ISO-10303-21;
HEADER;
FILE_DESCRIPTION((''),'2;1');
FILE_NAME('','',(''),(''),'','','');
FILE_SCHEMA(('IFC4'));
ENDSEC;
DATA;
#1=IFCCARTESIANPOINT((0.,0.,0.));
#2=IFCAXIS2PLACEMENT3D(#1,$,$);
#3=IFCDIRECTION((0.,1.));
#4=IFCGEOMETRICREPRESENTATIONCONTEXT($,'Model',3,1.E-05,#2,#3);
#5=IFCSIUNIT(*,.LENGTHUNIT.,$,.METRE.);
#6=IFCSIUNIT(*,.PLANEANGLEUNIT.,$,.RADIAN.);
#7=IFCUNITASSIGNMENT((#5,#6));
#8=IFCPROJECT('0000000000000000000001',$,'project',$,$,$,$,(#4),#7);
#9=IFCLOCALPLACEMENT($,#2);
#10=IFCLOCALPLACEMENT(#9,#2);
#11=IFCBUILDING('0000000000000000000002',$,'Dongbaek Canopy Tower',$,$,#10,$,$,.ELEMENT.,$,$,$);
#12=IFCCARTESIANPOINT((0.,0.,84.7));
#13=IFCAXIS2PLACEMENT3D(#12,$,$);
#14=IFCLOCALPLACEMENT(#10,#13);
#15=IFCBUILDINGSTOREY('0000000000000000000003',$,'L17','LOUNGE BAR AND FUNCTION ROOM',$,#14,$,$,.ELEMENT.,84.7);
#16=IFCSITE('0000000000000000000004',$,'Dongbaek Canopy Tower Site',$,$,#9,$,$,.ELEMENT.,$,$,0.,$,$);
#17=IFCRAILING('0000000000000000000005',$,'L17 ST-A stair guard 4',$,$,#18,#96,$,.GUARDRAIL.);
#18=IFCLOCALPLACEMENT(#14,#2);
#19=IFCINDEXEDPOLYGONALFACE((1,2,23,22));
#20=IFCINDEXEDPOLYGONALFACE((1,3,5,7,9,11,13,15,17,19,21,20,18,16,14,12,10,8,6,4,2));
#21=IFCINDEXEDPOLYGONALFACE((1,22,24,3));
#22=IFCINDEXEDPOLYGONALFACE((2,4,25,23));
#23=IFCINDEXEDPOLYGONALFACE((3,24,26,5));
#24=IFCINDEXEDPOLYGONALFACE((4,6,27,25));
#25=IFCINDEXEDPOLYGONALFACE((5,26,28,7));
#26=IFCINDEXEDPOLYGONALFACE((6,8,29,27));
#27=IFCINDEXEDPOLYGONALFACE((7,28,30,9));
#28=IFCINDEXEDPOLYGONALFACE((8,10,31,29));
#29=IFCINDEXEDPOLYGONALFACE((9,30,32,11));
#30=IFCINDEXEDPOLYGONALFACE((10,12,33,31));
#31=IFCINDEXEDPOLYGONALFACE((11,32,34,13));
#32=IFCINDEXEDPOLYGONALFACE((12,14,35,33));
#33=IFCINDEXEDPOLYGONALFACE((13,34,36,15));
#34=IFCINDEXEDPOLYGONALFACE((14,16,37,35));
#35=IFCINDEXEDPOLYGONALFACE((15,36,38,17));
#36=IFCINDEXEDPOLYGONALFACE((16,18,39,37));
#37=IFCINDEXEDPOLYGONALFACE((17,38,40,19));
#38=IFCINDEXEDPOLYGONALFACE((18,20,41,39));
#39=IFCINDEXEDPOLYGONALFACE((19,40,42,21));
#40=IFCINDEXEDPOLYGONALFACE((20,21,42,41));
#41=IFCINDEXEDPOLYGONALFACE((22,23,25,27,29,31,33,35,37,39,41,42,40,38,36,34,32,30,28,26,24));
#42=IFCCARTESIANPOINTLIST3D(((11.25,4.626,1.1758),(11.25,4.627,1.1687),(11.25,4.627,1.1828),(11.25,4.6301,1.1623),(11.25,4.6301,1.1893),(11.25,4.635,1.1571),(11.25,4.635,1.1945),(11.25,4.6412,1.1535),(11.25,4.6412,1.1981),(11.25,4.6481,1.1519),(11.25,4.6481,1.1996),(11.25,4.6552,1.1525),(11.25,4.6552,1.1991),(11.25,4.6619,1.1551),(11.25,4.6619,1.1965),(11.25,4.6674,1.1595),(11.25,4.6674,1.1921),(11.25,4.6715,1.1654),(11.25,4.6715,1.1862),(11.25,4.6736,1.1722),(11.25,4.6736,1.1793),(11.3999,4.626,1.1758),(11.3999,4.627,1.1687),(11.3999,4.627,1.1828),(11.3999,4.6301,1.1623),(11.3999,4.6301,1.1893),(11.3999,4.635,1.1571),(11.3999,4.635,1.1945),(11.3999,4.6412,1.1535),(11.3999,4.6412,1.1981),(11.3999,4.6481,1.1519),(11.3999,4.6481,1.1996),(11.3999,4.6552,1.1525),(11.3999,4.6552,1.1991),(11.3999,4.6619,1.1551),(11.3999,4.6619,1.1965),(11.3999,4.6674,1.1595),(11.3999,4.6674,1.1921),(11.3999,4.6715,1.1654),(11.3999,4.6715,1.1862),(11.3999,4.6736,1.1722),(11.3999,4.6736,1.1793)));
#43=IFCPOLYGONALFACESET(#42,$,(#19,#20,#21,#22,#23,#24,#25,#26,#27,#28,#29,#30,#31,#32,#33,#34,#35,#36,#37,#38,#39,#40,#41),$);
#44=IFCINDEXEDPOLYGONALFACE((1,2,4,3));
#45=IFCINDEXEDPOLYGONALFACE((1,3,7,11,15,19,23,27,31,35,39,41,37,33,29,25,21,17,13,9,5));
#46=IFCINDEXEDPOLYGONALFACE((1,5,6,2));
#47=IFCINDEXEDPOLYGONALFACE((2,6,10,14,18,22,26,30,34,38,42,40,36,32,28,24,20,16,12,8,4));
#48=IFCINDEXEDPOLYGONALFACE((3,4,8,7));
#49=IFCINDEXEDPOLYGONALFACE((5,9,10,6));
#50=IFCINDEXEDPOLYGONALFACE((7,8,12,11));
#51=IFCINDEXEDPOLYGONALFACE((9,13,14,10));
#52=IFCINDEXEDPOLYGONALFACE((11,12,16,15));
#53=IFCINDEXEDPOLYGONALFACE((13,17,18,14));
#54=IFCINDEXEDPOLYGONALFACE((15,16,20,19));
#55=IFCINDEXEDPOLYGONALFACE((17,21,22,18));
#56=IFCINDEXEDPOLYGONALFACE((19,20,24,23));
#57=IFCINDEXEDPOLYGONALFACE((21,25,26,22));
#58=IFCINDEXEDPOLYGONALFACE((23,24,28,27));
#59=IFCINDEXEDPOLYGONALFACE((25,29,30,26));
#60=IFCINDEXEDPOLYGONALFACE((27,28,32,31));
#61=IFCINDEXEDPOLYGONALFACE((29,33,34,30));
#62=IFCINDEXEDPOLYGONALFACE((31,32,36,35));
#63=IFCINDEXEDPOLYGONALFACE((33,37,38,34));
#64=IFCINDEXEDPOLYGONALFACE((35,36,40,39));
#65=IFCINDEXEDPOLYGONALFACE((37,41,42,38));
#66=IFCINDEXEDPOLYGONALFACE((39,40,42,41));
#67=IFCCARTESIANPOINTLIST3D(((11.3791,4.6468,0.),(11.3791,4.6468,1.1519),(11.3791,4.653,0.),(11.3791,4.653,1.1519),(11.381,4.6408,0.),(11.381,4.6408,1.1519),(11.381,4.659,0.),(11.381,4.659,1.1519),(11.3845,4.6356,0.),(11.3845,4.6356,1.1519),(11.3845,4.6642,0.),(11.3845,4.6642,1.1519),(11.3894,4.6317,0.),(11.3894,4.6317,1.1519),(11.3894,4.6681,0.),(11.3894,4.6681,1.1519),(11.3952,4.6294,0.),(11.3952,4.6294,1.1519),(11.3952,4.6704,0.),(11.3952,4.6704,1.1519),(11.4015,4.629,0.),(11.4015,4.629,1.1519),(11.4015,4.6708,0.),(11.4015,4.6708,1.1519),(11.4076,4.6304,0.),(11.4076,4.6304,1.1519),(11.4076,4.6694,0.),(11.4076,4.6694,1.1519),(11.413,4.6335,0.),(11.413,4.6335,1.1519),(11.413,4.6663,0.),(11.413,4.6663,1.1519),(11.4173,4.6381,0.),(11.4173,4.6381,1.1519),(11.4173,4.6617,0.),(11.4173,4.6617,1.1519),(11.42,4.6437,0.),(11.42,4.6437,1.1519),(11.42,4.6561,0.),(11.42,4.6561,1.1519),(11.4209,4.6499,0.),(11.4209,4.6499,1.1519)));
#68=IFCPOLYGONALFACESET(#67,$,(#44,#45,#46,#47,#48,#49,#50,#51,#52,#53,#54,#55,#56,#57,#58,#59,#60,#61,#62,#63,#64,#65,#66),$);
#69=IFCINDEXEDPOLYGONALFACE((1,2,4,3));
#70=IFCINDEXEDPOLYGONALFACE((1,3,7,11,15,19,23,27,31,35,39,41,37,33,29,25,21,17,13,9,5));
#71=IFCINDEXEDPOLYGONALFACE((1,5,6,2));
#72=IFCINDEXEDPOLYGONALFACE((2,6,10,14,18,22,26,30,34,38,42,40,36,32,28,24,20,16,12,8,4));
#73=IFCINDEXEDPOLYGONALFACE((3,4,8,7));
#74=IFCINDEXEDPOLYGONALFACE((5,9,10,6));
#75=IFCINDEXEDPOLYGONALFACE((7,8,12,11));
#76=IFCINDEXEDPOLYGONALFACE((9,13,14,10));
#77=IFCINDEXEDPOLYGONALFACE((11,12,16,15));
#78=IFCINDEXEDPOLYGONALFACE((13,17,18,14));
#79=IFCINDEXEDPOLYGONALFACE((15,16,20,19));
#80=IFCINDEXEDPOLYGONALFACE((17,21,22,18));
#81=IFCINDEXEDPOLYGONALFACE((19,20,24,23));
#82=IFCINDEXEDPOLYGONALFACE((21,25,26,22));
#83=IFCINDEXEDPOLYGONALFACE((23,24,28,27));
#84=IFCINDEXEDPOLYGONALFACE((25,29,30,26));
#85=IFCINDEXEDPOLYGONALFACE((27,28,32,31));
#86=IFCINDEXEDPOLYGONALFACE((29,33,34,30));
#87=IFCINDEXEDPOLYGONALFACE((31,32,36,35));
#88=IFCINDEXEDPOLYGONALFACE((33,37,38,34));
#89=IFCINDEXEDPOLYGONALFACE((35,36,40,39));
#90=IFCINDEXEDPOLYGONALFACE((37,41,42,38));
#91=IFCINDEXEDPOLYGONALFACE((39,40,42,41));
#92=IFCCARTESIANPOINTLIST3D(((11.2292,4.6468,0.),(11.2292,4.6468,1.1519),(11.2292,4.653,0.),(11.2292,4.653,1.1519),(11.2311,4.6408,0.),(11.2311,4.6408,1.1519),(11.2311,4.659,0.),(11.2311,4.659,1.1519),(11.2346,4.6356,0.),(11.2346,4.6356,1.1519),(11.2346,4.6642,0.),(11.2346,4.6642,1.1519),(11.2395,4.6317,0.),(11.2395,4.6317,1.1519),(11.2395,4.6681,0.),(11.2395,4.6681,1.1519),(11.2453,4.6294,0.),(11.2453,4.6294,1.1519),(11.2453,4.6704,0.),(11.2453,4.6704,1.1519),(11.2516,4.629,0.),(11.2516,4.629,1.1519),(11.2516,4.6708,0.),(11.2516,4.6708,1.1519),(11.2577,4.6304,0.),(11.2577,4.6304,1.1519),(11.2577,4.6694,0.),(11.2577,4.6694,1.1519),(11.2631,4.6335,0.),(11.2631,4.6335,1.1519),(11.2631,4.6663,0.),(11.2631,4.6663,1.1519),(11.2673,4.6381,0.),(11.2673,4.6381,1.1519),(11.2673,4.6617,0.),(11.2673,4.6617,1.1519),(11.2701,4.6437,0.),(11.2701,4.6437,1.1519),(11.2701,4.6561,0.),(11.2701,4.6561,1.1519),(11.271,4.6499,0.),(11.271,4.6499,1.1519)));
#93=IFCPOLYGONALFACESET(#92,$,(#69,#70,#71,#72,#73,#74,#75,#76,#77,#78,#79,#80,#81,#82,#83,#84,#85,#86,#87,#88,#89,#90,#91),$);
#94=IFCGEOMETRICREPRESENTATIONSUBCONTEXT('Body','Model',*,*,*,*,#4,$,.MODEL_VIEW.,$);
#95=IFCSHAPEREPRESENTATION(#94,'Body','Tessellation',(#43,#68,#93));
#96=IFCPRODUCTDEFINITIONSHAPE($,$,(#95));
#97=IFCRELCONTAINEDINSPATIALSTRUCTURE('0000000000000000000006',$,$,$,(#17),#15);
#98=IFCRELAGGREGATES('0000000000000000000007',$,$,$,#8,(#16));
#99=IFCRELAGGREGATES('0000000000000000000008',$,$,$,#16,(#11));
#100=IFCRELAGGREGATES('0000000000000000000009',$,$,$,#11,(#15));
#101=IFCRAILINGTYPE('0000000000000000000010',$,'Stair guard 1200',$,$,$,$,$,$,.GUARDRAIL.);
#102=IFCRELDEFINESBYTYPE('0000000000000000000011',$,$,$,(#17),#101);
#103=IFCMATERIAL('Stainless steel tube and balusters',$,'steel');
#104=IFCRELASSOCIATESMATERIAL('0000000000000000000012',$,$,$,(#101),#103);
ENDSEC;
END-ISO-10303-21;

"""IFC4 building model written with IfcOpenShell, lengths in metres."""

from ifc_helpers import new_model, si_unit, direction, frame, origin, origin_2d, place, context, subcontext, project, spatial, circle, extrude, material, type_object, element, save


model = new_model("IFC4")

# Units and contexts
model_context = context("Model", 3, precision=1e-05, world=origin(), true_north=direction((0.0, 1.0)))
body_context = subcontext(model_context, "Body", "Model", "MODEL_VIEW")
ifc_project = project(units=[si_unit("LENGTHUNIT", "METRE"), si_unit("PLANEANGLEUNIT", "RADIAN")], contexts=[model_context])

# Site, building, storey
site_placement = place(None, origin())
site = spatial("IfcSite", under=ifc_project, at=site_placement, Name="Dongbaek Canopy Tower Site", CompositionType="ELEMENT", RefElevation=0.0)
building_placement = place(site_placement, origin())
building = spatial("IfcBuilding", under=site, at=building_placement, Name="Dongbaek Canopy Tower", CompositionType="ELEMENT")
storey_placement = place(building_placement, frame((0.0, 0.0, 84.7)))
storey = spatial("IfcBuildingStorey", under=building, at=storey_placement, Name="L17", Description="LOUNGE BAR AND FUNCTION ROOM", CompositionType="ELEMENT", Elevation=84.7)

# Railing
ifc_material_1 = material(Name="Stainless steel tube and balusters", Category="steel")
railing_type_1 = type_object("IfcRailingType", Name="Stair guard 1200", PredefinedType="GUARDRAIL", material=ifc_material_1)
railing_1_placement = place(storey_placement, frame((11.3999, 4.6499, 0.0)))
element("IfcRailing", 1, at=railing_1_placement, inside=storey, type_object=railing_type_1, Name="L17 ST-A stair guard 4", PredefinedType="GUARDRAIL", context=body_context, shape_type="SweptSolid", body=[
    extrude(circle(Radius=0.0239, at=origin_2d()), frame((0.0, 0.0, 1.1758), z_axis=(-1.0, 0.0, 0.0), x_axis=(0.0, -1.0, 0.0)), (0.0, 0.0, 1.0), 0.1499),
    extrude(circle(Radius=0.021, at=origin_2d()), origin(), (0.0, 0.0, 1.0), 1.1519),
    extrude(circle(Radius=0.021, at=origin_2d()), frame((-0.1499, 0.0, 0.0)), (0.0, 0.0, 1.0), 1.1519),
])

save(model, "model.ifc")
